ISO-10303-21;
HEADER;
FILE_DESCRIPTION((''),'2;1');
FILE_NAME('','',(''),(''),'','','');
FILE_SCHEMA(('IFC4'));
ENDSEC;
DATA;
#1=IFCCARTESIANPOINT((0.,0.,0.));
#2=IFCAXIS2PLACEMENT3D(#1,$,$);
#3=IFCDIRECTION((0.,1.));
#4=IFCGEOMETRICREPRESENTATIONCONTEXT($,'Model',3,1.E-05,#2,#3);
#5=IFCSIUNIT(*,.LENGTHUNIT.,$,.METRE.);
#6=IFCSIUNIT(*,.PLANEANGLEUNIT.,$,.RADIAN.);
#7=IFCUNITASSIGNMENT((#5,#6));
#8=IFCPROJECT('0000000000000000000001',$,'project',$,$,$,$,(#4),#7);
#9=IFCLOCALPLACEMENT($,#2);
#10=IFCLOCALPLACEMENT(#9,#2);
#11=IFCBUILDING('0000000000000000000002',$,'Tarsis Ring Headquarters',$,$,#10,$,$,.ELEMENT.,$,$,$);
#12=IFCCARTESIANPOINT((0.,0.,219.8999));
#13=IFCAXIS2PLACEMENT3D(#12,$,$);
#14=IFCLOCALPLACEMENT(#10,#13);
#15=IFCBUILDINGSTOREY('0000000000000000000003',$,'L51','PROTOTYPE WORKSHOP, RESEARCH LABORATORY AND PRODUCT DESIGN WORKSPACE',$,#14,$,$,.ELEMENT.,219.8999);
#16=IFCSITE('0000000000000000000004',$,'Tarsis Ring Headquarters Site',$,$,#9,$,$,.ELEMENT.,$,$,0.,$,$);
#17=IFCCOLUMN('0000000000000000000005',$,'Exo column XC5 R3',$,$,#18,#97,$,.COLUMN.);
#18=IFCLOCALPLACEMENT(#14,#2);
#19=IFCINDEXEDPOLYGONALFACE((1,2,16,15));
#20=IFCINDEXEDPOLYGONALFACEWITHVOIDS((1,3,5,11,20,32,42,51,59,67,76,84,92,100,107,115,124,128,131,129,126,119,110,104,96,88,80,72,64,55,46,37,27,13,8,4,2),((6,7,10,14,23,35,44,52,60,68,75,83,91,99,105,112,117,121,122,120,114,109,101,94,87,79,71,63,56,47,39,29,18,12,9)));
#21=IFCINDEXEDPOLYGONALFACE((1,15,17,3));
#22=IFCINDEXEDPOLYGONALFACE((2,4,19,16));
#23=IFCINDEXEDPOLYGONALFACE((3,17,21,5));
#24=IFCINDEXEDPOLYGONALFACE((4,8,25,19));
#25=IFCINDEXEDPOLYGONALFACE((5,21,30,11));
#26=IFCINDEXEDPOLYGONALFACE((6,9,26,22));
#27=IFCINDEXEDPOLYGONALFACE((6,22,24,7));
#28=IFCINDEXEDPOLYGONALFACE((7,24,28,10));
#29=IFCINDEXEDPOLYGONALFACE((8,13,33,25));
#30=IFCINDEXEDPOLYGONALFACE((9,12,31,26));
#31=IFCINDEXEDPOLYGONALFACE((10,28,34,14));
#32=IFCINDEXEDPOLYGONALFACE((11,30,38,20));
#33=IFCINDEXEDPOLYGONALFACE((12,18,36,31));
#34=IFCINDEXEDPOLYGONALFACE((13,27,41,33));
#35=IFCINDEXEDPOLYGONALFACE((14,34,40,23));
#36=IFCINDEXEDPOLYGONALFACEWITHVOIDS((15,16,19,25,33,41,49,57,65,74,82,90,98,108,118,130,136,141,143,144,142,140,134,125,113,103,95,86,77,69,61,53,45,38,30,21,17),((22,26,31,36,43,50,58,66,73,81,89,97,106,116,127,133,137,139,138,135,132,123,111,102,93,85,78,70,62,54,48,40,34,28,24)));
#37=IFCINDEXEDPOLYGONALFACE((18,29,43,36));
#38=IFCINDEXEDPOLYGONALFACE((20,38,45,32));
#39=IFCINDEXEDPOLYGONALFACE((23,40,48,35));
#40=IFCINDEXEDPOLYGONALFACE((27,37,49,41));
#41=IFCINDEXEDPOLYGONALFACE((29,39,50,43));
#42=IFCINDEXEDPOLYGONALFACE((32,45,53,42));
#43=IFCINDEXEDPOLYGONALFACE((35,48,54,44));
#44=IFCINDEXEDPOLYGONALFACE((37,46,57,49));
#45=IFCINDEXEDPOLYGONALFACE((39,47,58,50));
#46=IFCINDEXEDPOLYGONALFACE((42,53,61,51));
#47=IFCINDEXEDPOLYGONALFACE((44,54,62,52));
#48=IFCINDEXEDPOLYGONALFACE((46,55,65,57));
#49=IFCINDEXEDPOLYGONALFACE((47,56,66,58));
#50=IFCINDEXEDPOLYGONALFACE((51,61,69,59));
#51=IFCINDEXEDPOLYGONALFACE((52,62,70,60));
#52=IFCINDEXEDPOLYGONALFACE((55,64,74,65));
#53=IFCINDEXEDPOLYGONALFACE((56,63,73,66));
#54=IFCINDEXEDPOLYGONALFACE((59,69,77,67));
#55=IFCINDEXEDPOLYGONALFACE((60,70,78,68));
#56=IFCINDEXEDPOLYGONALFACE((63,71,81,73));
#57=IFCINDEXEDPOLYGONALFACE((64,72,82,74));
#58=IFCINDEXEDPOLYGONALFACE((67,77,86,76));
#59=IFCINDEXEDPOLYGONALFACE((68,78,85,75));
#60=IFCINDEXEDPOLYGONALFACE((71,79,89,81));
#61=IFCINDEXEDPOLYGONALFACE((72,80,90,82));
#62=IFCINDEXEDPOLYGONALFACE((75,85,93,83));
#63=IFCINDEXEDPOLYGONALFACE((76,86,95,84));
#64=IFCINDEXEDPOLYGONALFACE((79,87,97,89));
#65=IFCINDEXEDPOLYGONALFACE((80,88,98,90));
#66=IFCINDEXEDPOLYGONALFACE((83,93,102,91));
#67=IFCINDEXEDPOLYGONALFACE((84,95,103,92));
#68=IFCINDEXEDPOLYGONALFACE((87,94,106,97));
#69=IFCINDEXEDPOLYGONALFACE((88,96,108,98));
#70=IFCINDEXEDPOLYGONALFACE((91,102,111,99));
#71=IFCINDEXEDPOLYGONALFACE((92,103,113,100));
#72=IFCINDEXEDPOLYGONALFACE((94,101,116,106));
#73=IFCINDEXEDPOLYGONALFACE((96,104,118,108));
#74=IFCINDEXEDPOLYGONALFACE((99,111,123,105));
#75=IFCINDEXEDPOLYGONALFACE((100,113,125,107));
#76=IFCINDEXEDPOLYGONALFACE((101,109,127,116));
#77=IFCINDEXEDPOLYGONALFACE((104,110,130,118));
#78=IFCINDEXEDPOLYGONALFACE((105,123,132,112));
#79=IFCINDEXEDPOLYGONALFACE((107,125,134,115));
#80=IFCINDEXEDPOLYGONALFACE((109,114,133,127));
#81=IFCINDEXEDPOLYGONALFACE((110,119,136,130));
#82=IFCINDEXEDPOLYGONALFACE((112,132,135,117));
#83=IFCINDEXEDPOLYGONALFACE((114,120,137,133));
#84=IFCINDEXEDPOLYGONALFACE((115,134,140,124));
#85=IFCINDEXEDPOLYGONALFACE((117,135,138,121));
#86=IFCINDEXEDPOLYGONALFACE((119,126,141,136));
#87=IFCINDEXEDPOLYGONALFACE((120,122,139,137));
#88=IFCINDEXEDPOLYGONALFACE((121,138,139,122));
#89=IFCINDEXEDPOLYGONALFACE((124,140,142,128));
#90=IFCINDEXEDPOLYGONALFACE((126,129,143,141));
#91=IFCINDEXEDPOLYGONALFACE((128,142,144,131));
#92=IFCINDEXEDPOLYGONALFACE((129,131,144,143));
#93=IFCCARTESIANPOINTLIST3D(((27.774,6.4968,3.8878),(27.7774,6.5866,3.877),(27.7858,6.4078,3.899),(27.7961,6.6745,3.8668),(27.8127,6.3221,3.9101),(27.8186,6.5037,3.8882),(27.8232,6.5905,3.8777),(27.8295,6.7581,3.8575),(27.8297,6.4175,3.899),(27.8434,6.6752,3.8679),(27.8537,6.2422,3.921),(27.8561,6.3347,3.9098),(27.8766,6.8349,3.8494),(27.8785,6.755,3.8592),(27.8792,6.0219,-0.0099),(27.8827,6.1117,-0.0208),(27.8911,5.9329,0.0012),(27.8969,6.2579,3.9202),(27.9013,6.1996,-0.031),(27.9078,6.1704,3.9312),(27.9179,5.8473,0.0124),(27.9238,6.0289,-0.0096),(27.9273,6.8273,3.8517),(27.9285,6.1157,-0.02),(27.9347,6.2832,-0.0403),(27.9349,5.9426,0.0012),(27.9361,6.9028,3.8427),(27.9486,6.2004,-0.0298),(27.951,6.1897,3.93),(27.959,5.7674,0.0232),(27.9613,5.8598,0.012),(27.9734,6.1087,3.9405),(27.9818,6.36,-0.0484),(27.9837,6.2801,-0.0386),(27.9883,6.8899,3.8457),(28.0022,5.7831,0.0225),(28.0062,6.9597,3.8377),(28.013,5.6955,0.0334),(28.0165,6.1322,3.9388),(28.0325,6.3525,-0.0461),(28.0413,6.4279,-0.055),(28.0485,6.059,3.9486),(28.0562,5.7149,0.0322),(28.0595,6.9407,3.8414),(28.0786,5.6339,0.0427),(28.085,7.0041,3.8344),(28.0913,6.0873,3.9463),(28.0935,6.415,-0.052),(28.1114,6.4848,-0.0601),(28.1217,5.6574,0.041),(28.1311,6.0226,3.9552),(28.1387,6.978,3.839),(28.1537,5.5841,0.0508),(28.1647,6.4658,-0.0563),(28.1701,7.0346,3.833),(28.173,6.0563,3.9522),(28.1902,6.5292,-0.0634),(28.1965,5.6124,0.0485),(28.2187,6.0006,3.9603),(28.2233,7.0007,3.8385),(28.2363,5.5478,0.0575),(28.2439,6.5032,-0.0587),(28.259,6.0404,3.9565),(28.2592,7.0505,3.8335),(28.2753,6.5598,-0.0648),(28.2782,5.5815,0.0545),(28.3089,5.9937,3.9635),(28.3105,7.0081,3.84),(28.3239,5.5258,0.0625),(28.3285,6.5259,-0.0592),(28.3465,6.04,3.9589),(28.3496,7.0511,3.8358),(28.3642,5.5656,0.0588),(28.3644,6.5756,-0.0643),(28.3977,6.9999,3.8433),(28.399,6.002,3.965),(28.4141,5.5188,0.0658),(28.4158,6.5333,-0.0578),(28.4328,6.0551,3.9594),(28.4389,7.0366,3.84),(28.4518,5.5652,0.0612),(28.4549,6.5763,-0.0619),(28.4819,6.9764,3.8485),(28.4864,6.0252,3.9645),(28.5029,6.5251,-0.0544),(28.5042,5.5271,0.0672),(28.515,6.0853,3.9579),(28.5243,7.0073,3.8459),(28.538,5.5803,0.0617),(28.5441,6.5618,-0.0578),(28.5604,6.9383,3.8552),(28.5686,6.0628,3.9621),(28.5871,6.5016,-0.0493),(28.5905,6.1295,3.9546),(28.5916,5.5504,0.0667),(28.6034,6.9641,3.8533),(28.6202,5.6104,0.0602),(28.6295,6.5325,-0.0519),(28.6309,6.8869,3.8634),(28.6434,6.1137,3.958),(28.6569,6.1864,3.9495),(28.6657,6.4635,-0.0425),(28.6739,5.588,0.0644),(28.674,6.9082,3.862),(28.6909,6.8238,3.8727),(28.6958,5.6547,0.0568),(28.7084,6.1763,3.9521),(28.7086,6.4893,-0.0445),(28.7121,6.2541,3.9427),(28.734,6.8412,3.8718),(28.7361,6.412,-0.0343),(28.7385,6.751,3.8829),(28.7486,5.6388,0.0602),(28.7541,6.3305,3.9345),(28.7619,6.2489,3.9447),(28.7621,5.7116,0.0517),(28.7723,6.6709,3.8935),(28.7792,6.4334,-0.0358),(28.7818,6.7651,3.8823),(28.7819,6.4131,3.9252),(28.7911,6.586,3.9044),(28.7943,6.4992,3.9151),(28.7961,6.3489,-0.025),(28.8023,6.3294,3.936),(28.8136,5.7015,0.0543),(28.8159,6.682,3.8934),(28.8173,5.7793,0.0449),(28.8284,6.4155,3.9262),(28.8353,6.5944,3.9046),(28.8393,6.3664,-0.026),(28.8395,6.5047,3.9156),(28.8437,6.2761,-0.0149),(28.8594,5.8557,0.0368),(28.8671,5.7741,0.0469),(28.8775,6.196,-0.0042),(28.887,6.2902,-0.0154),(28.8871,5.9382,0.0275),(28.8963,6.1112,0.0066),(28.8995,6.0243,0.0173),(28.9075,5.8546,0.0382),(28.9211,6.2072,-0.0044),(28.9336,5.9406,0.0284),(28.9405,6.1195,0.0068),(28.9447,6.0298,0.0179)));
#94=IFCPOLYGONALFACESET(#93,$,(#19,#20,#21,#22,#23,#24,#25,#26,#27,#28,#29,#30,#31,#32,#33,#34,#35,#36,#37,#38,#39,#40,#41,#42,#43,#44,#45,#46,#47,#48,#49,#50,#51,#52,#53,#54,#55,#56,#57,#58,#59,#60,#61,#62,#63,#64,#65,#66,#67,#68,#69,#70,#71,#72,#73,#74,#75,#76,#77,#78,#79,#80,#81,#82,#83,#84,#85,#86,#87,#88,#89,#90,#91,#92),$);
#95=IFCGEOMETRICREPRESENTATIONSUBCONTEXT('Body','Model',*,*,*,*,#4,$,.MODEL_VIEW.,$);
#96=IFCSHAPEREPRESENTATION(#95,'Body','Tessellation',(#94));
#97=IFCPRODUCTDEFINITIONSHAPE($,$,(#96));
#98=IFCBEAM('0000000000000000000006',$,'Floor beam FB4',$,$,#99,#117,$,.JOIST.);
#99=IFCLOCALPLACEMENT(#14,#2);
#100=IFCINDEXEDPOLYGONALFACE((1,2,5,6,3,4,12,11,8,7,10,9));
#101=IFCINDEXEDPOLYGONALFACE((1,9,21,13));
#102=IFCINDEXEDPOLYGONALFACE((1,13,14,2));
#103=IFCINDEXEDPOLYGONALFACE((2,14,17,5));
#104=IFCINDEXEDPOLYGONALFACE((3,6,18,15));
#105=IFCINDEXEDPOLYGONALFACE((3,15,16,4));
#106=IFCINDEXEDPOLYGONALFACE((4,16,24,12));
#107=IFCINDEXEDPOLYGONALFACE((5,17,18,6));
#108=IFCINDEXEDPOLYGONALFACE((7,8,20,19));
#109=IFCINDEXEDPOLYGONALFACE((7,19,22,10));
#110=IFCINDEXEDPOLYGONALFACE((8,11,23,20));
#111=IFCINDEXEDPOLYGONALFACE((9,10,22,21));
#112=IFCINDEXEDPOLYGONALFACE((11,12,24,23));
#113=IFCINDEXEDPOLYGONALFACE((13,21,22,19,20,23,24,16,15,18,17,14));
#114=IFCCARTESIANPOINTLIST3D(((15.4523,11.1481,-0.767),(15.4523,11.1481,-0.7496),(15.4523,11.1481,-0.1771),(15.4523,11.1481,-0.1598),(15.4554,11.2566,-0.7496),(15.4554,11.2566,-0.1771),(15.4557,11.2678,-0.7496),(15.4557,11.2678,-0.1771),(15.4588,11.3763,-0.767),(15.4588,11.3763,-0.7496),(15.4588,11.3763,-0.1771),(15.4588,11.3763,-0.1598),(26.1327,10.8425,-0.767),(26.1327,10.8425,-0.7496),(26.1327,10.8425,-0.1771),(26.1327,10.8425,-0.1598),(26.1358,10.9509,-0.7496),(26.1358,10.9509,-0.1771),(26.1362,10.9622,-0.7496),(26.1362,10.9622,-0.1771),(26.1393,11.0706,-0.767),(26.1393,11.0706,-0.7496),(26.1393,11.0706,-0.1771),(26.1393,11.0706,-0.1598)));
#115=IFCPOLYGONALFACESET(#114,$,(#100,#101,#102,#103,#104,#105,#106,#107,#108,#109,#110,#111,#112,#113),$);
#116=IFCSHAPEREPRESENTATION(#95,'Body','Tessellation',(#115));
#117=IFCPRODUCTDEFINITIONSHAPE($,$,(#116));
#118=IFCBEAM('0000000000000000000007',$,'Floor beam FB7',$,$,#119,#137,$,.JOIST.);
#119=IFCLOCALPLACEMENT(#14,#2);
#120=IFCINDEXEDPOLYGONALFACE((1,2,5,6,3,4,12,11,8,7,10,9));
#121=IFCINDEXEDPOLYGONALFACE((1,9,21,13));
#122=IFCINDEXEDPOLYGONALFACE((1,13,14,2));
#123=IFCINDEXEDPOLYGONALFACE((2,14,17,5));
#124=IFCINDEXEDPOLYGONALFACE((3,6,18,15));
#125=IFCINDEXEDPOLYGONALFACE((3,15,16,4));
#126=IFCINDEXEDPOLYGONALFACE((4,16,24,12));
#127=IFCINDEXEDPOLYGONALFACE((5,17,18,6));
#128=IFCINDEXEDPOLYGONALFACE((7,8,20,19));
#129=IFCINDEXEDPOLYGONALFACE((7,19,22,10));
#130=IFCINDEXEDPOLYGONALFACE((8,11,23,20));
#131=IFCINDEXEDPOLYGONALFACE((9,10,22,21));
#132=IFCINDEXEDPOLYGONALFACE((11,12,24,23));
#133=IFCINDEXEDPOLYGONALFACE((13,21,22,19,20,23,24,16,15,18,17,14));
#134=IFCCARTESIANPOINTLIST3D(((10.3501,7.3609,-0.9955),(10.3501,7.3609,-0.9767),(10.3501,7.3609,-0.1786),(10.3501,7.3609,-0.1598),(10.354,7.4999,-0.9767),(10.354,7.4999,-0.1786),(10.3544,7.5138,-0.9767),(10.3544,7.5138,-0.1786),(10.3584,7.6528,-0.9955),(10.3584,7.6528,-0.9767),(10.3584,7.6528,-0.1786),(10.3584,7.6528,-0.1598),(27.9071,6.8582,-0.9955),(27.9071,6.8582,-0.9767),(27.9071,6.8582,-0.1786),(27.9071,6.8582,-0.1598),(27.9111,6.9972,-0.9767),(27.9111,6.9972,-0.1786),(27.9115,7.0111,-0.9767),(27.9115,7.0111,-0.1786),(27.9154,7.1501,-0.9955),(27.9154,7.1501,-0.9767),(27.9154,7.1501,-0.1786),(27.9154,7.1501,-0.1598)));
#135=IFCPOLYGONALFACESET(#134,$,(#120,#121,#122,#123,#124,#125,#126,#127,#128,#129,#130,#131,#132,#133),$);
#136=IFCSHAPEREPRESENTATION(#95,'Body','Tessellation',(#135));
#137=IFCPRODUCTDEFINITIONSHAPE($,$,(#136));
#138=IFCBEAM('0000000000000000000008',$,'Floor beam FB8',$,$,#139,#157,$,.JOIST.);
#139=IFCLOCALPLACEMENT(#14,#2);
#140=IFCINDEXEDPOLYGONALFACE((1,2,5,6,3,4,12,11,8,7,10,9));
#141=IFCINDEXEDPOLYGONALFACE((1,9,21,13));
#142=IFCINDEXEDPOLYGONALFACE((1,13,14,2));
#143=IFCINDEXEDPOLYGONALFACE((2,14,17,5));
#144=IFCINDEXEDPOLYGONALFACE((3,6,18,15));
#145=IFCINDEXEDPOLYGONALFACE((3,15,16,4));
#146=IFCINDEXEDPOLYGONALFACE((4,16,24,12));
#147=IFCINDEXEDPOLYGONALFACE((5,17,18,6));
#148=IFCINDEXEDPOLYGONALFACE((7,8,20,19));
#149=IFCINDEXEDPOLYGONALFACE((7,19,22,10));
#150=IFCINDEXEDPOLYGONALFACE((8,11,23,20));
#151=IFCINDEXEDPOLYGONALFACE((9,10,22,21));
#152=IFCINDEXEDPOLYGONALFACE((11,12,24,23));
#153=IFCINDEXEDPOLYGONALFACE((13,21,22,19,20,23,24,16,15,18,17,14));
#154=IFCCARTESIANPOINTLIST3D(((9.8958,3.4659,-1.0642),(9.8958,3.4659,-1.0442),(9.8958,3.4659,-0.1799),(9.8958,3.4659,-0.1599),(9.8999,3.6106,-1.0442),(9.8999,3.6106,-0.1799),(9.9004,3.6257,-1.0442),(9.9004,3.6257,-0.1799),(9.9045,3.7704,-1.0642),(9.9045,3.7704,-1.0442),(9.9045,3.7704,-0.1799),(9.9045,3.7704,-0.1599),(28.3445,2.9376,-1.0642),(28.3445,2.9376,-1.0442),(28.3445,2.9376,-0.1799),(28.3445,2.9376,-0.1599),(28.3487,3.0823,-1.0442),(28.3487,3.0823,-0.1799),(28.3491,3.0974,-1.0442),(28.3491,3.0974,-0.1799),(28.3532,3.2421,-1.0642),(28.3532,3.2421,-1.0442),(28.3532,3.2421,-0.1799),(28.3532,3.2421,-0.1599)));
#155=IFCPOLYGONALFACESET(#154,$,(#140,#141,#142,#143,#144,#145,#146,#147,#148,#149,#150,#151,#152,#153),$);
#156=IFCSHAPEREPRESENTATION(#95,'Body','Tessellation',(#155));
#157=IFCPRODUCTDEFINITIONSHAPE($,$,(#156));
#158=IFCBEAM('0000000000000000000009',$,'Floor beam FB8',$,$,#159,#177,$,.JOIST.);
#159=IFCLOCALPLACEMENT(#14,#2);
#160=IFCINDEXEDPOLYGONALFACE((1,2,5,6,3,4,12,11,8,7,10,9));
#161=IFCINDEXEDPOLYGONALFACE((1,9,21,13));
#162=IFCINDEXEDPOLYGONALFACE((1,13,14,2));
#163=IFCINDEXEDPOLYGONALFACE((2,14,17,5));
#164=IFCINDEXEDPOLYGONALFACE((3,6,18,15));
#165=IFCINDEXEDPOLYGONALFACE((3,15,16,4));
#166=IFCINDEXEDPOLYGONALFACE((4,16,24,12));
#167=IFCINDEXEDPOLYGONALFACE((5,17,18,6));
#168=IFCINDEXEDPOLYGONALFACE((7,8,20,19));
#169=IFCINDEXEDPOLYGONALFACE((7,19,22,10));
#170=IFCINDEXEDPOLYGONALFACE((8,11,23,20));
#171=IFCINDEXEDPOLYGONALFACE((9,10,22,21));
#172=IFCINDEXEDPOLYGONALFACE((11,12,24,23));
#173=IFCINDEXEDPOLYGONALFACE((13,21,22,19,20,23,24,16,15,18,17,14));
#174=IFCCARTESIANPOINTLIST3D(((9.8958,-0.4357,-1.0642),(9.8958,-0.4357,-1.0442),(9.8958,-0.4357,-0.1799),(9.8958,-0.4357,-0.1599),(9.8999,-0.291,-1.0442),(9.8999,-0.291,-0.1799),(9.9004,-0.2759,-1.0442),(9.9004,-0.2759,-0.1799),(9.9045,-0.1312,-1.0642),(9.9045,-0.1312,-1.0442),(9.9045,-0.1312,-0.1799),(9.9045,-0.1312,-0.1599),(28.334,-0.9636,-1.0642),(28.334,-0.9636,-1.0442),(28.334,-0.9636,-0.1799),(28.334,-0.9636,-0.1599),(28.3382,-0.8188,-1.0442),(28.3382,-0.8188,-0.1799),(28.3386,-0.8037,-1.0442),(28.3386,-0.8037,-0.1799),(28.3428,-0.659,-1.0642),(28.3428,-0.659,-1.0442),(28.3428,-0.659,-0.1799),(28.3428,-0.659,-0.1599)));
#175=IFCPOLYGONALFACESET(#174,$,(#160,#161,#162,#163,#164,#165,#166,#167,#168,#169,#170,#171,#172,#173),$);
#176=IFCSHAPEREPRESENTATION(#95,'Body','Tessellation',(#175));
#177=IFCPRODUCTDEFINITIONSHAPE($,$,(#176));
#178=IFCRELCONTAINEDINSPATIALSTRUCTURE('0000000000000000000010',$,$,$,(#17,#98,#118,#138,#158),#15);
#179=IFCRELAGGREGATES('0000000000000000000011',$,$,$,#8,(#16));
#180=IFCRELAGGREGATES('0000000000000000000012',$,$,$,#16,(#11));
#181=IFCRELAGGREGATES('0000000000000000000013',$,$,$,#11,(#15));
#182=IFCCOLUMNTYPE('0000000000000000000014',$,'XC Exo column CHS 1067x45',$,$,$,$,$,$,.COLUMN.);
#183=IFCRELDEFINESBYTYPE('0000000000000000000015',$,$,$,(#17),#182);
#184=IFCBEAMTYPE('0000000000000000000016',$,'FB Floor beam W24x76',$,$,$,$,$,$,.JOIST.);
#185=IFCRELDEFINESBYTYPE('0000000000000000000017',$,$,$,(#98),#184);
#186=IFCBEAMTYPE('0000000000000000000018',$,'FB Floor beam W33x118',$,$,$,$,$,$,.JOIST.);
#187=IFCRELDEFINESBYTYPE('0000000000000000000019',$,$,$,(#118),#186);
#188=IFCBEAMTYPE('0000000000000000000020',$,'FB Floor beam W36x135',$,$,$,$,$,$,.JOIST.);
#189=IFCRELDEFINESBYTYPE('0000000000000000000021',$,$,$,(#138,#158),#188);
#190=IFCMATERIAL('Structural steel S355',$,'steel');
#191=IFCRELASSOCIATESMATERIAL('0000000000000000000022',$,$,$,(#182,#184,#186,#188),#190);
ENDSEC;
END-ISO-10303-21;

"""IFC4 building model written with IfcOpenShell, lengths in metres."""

from ifc_helpers import new_model, si_unit, direction, frame, origin, origin_2d, place, context, subcontext, project, spatial, hollow_circle, i_section, extrude, material, material_profile, profile_set, type_object, element, save


model = new_model("IFC4")

# Units and contexts
model_context = context("Model", 3, precision=1e-05, world=origin(), true_north=direction((0.0, 1.0)))
body_context = subcontext(model_context, "Body", "Model", "MODEL_VIEW")
ifc_project = project(units=[si_unit("LENGTHUNIT", "METRE"), si_unit("PLANEANGLEUNIT", "RADIAN")], contexts=[model_context])

# Site, building, storey
site_placement = place(None, origin())
site = spatial("IfcSite", under=ifc_project, at=site_placement, Name="Tarsis Ring Headquarters Site", CompositionType="ELEMENT", RefElevation=0.0)
building_placement = place(site_placement, origin())
building = spatial("IfcBuilding", under=site, at=building_placement, Name="Tarsis Ring Headquarters", CompositionType="ELEMENT")
storey_placement = place(building_placement, frame((0.0, 0.0, 219.8999)))
storey = spatial("IfcBuildingStorey", under=building, at=storey_placement, Name="L51", Description="PROTOTYPE WORKSHOP, RESEARCH LABORATORY AND PRODUCT DESIGN WORKSPACE", CompositionType="ELEMENT", Elevation=219.8999)

# Column
ifc_material_1 = material(Name="Structural steel S355", Category="steel")
ifc_material_profile_1 = material_profile(ifc_material_1, hollow_circle(Radius=0.5334, WallThickness=0.0449, at=origin_2d()), Name="CHS 1067x45")
ifc_profile_set_1 = profile_set([ifc_material_profile_1], Name="Structural steel S355")
column_type = type_object("IfcColumnType", Name="XC Exo column CHS 1067x45", PredefinedType="COLUMN", material=ifc_profile_set_1)
column_placement = place(storey_placement, frame((28.4119, 6.0483, 0.0012), z_axis=(-0.026789, 0.120891, 0.992304), x_axis=(-0.976317, -0.216346, 0.0)))
element("IfcColumn", 1, at=column_placement, inside=storey, type_object=column_type, Name="Exo column XC5 R3", PredefinedType="COLUMN", context=body_context, shape_type="SweptSolid", body=[
    extrude(hollow_circle(Radius=0.5334, WallThickness=0.0449, at=origin_2d()), origin(), (0.0, 0.0, 1.0), 3.928),
])

# Beams
ifc_material_profile_2 = material_profile(ifc_material_1, i_section(OverallWidth=0.2283, OverallDepth=0.6072, WebThickness=0.0112, FlangeThickness=0.0173, at=origin_2d()), Name="W24x76")
ifc_profile_set_2 = profile_set([ifc_material_profile_2], Name="Structural steel S355")
beam_type_1 = type_object("IfcBeamType", Name="FB Floor beam W24x76", PredefinedType="JOIST", material=ifc_profile_set_2)
beam_1_placement = place(storey_placement, frame((15.4556, 11.2622, -0.4634), z_axis=(0.999591, -0.028607, 0.0), x_axis=(0.028607, 0.999591, 0.0)))
element("IfcBeam", 2, at=beam_1_placement, inside=storey, type_object=beam_type_1, Name="Floor beam FB4", PredefinedType="JOIST", context=body_context, shape_type="SweptSolid", body=[
    extrude(i_section(OverallWidth=0.2283, OverallDepth=0.6072, WebThickness=0.0112, FlangeThickness=0.0173, at=origin_2d()), origin(), (0.0, 0.0, 1.0), 10.6848),
])
ifc_material_profile_3 = material_profile(ifc_material_1, i_section(OverallWidth=0.292, OverallDepth=0.8357, WebThickness=0.0139, FlangeThickness=0.0188, at=origin_2d()), Name="W33x118")
ifc_profile_set_3 = profile_set([ifc_material_profile_3], Name="Structural steel S355")
beam_type_2 = type_object("IfcBeamType", Name="FB Floor beam W33x118", PredefinedType="JOIST", material=ifc_profile_set_3)
beam_2_placement = place(storey_placement, frame((10.3542, 7.5068, -0.5776), z_axis=(0.99959, -0.02862, 0.0), x_axis=(0.02862, 0.99959, 0.0)))
element("IfcBeam", 3, at=beam_2_placement, inside=storey, type_object=beam_type_2, Name="Floor beam FB7", PredefinedType="JOIST", context=body_context, shape_type="SweptSolid", body=[
    extrude(i_section(OverallWidth=0.292, OverallDepth=0.8357, WebThickness=0.0139, FlangeThickness=0.0188, at=origin_2d()), origin(), (0.0, 0.0, 1.0), 17.5642),
])
ifc_material_profile_4 = material_profile(ifc_material_1, i_section(OverallWidth=0.3047, OverallDepth=0.9043, WebThickness=0.0151, FlangeThickness=0.02, at=origin_2d()), Name="W36x135")
ifc_profile_set_4 = profile_set([ifc_material_profile_4], Name="Structural steel S355")
beam_type_3 = type_object("IfcBeamType", Name="FB Floor beam W36x135", PredefinedType="JOIST", material=ifc_profile_set_4)
beam_3_placement = place(storey_placement, frame((9.9001, 3.6182, -0.6121), z_axis=(0.99959, -0.028625, 0.0), x_axis=(0.028625, 0.99959, 0.0)))
element("IfcBeam", 4, at=beam_3_placement, inside=storey, type_object=beam_type_3, Name="Floor beam FB8", PredefinedType="JOIST", context=body_context, shape_type="SweptSolid", body=[
    extrude(i_section(OverallWidth=0.3047, OverallDepth=0.9043, WebThickness=0.0151, FlangeThickness=0.02, at=origin_2d()), origin(), (0.0, 0.0, 1.0), 18.4563),
])
beam_4_placement = place(storey_placement, frame((9.9001, -0.2834, -0.6121), z_axis=(0.99959, -0.028615, 0.0), x_axis=(0.028615, 0.99959, 0.0)))
element("IfcBeam", 5, at=beam_4_placement, inside=storey, type_object=beam_type_3, Name="Floor beam FB8", PredefinedType="JOIST", context=body_context, shape_type="SweptSolid", body=[
    extrude(i_section(OverallWidth=0.3047, OverallDepth=0.9043, WebThickness=0.0151, FlangeThickness=0.02, at=origin_2d()), origin(), (0.0, 0.0, 1.0), 18.4458),
])

save(model, "model.ifc")
